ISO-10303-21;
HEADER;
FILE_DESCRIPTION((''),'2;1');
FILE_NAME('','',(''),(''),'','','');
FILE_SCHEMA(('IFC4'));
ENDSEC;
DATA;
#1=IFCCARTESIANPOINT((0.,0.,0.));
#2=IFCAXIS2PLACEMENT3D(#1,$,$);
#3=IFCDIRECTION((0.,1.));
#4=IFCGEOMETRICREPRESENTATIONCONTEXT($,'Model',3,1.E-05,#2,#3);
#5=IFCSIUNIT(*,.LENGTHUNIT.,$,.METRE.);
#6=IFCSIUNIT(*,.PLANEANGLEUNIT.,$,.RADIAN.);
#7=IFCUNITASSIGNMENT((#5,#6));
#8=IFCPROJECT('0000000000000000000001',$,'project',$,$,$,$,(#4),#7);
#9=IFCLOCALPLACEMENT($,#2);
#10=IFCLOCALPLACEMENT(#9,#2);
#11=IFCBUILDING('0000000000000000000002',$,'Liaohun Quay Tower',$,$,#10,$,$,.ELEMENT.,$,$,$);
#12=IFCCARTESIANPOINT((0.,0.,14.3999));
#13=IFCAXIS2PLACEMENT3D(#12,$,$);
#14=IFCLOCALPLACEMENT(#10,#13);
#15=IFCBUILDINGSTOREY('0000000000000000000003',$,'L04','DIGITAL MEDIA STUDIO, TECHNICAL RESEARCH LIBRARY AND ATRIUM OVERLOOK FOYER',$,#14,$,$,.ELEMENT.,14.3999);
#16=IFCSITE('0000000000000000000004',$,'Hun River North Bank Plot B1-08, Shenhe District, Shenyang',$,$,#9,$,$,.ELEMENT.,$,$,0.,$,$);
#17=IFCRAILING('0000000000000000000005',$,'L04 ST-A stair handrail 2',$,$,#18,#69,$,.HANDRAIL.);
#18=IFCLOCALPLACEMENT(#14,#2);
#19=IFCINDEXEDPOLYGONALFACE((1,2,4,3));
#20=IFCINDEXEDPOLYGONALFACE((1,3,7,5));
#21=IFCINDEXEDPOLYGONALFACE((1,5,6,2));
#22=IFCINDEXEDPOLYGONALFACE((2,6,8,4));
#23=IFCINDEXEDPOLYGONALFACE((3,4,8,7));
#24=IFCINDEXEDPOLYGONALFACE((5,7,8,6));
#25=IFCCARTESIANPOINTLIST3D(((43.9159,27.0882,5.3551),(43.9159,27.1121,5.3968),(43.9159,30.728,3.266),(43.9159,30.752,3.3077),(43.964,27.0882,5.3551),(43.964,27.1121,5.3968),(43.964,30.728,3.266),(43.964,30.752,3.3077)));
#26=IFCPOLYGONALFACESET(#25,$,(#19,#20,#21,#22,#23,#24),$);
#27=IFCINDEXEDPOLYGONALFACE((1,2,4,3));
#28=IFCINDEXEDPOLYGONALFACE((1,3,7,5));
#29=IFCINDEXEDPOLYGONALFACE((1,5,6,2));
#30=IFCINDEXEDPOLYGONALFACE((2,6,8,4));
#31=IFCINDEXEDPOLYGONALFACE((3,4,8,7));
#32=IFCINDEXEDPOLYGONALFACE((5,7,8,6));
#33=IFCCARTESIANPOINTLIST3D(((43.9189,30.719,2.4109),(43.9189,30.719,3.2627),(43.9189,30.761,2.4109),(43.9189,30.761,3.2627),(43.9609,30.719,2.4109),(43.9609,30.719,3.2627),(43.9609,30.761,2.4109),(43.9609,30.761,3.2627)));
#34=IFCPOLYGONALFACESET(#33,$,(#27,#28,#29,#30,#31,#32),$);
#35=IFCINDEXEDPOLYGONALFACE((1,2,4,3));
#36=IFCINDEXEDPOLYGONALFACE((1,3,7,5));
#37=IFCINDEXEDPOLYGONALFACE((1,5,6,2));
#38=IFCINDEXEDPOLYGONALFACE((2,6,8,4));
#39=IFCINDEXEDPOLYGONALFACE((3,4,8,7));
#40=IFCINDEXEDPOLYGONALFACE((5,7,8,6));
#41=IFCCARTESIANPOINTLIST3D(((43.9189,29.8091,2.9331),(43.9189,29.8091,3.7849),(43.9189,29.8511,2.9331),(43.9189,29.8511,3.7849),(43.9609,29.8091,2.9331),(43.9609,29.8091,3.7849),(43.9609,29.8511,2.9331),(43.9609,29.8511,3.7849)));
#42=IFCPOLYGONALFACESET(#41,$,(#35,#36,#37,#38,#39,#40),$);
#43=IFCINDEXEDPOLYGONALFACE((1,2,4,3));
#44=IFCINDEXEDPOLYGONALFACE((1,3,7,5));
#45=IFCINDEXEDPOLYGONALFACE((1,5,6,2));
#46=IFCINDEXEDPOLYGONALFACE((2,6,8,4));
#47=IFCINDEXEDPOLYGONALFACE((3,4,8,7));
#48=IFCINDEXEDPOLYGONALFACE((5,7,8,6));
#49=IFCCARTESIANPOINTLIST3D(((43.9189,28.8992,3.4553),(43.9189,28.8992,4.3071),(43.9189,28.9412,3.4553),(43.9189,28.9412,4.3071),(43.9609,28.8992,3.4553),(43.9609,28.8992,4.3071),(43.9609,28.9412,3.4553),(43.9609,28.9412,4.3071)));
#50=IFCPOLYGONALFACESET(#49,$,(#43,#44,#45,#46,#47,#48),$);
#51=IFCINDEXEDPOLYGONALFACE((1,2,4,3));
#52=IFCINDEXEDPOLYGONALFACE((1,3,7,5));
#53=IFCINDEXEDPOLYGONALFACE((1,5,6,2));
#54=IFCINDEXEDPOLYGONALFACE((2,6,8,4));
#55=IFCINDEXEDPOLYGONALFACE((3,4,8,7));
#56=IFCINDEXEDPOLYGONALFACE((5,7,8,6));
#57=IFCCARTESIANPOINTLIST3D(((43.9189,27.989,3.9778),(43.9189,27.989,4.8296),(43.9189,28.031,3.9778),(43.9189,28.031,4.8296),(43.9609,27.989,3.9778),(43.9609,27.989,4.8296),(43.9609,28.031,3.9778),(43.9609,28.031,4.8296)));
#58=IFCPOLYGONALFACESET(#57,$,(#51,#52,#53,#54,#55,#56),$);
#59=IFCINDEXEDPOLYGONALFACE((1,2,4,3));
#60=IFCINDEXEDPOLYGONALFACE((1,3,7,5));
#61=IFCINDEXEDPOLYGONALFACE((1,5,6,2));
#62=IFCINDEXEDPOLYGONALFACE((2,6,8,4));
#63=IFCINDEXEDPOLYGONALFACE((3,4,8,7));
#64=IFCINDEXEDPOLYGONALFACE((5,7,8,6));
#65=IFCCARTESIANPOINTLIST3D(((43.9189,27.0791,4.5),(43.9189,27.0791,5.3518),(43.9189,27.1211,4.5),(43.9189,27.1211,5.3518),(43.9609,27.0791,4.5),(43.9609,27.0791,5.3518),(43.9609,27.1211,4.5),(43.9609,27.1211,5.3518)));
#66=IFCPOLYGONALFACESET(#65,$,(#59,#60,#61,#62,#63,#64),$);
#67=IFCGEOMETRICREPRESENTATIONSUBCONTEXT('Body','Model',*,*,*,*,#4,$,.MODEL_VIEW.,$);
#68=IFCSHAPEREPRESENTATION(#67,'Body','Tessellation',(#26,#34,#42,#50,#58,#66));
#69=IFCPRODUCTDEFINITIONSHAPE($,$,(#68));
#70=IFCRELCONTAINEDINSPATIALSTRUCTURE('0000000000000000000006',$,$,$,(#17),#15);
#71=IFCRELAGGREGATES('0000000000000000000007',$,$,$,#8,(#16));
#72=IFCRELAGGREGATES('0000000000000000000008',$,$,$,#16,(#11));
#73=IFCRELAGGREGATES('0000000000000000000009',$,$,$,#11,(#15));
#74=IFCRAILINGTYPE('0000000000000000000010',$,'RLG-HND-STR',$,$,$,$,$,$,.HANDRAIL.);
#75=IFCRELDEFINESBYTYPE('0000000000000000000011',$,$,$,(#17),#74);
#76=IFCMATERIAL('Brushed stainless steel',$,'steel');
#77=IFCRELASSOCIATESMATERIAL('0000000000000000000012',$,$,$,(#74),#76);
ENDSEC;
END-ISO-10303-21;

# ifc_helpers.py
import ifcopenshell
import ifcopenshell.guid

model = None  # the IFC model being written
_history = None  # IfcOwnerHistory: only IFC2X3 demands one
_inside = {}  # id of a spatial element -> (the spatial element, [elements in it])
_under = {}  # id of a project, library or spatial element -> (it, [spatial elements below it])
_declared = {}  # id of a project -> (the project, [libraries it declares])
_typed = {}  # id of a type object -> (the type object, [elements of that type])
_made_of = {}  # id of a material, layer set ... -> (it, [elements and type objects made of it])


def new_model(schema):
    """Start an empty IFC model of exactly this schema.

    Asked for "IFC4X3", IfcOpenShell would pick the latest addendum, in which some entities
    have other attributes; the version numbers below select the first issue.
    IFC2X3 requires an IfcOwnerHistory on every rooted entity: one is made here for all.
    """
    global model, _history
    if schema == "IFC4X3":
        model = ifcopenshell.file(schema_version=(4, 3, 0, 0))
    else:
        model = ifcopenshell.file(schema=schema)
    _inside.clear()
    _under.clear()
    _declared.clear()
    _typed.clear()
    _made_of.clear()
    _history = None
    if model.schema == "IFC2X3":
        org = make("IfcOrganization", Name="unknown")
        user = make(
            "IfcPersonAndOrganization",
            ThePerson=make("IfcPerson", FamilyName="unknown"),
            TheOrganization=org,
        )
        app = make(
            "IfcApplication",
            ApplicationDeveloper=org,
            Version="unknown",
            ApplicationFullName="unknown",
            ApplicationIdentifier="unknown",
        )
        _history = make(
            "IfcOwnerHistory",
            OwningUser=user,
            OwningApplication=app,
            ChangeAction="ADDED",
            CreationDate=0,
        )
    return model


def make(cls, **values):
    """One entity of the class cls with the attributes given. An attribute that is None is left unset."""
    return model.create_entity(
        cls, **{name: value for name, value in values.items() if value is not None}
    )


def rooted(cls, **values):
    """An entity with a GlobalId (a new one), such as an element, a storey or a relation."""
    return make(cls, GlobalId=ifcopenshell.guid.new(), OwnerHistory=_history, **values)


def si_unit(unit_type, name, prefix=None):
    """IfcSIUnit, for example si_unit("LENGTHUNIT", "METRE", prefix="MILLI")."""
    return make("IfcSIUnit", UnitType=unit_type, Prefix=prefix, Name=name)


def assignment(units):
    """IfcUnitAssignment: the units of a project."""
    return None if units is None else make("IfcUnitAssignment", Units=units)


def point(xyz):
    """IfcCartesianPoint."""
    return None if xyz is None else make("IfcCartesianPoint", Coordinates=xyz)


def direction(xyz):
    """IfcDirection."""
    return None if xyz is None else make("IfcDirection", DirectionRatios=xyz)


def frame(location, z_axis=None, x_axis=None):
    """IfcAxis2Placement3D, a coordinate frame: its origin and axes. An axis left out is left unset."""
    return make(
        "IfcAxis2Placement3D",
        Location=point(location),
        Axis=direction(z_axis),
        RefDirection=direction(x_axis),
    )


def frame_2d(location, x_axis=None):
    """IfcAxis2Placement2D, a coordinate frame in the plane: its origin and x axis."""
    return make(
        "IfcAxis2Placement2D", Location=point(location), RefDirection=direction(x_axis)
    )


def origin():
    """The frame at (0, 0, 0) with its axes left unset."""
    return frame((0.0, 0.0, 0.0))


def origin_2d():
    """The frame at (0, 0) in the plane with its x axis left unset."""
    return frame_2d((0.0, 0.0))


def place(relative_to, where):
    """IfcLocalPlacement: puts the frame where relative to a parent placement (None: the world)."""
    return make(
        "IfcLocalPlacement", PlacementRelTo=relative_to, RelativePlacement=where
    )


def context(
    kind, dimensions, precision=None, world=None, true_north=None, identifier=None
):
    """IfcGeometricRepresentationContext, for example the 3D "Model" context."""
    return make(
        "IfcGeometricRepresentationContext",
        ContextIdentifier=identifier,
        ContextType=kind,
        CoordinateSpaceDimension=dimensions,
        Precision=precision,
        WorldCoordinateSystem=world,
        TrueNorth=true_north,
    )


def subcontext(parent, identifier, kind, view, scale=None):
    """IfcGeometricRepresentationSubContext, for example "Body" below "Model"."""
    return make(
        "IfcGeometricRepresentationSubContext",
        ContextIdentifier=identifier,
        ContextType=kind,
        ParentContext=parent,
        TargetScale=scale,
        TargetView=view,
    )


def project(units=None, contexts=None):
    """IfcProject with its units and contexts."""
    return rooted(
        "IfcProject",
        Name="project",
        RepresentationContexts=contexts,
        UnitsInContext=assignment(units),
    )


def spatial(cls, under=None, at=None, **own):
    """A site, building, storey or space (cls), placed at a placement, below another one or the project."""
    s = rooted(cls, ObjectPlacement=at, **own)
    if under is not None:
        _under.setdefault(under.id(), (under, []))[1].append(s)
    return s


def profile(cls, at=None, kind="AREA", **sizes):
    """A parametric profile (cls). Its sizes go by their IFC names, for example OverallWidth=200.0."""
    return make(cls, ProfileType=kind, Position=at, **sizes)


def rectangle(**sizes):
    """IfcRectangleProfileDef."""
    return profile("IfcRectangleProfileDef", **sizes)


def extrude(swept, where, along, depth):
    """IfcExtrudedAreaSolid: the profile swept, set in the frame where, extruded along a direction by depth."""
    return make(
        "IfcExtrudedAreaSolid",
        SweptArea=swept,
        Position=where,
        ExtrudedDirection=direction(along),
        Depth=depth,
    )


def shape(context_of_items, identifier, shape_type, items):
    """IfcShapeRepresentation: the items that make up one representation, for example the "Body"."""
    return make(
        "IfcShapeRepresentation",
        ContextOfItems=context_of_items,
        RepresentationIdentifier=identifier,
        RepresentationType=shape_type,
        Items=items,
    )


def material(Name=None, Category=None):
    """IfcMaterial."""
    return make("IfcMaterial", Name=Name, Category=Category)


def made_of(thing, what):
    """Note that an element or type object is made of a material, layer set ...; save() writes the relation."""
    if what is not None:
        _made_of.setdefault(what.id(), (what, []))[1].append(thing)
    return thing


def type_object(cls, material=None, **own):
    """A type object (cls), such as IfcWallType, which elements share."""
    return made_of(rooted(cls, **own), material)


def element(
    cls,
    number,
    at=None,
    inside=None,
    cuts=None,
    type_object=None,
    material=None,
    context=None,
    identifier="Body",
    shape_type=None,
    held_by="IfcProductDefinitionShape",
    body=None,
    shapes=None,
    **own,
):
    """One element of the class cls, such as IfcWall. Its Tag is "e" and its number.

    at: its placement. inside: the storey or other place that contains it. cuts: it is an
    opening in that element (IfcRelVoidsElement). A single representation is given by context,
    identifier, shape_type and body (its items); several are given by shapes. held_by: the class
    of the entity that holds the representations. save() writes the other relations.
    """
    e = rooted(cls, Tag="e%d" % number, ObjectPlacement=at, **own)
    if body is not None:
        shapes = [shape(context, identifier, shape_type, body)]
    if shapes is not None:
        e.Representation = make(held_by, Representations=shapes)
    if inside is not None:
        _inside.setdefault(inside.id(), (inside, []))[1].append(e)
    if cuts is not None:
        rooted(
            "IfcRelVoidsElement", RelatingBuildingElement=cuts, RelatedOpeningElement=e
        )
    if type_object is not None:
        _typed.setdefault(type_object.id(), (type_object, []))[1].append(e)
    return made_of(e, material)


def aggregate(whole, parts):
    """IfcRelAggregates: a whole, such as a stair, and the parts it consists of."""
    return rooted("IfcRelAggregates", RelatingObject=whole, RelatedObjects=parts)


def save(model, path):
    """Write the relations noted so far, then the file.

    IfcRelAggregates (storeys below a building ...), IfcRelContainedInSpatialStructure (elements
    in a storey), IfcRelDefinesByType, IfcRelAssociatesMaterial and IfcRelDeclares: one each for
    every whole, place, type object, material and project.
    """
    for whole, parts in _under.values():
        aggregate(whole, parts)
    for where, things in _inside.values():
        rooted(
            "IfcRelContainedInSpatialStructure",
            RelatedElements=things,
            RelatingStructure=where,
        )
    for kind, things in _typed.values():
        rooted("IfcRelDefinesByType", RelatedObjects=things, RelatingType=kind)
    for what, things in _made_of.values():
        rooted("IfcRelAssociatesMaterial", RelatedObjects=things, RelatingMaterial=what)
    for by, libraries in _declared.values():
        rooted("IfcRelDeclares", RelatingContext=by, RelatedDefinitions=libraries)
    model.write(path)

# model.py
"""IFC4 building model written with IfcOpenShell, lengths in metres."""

from ifc_helpers import new_model, si_unit, direction, frame, origin, origin_2d, place, context, subcontext, project, spatial, rectangle, extrude, material, type_object, element, save


model = new_model("IFC4")

# Units and contexts
model_context = context("Model", 3, precision=1e-05, world=origin(), true_north=direction((0.0, 1.0)))
body_context = subcontext(model_context, "Body", "Model", "MODEL_VIEW")
ifc_project = project(units=[si_unit("LENGTHUNIT", "METRE"), si_unit("PLANEANGLEUNIT", "RADIAN")], contexts=[model_context])

# Site, building, storey
site_placement = place(None, origin())
site = spatial("IfcSite", under=ifc_project, at=site_placement, Name="Hun River North Bank Plot B1-08, Shenhe District, Shenyang", CompositionType="ELEMENT", RefElevation=0.0)
building_placement = place(site_placement, origin())
building = spatial("IfcBuilding", under=site, at=building_placement, Name="Liaohun Quay Tower", CompositionType="ELEMENT")
storey_placement = place(building_placement, frame((0.0, 0.0, 14.3999)))
storey = spatial("IfcBuildingStorey", under=building, at=storey_placement, Name="L04", Description="DIGITAL MEDIA STUDIO, TECHNICAL RESEARCH LIBRARY AND ATRIUM OVERLOOK FOYER", CompositionType="ELEMENT", Elevation=14.3999)

# Railing
ifc_material_1 = material(Name="Brushed stainless steel", Category="steel")
railing_type_1 = type_object("IfcRailingType", Name="RLG-HND-STR", PredefinedType="HANDRAIL", material=ifc_material_1)
railing_1_placement = place(storey_placement, frame((43.9399, 30.74, 2.4109)))
element("IfcRailing", 1, at=railing_1_placement, inside=storey, type_object=railing_type_1, Name="L04 ST-A stair handrail 2", PredefinedType="HANDRAIL", context=body_context, shape_type="SweptSolid", body=[
    extrude(rectangle(XDim=0.0481, YDim=0.0481, at=origin_2d()), frame((0.0, 0.0, 0.876), z_axis=(0.0, -0.8673, 0.497786), x_axis=(1.0, 0.0, 0.0)), (0.0, 0.0, 1.0), 4.1968),
    extrude(rectangle(XDim=0.042, YDim=0.042, at=origin_2d()), origin(), (0.0, 0.0, 1.0), 0.8518),
    extrude(rectangle(XDim=0.042, YDim=0.042, at=origin_2d()), frame((0.0, -0.9099, 0.5222)), (0.0, 0.0, 1.0), 0.8518),
    extrude(rectangle(XDim=0.042, YDim=0.042, at=origin_2d()), frame((0.0, -1.8198, 1.0444)), (0.0, 0.0, 1.0), 0.8518),
    extrude(rectangle(XDim=0.042, YDim=0.042, at=origin_2d()), frame((0.0, -2.73, 1.5669)), (0.0, 0.0, 1.0), 0.8518),
    extrude(rectangle(XDim=0.042, YDim=0.042, at=origin_2d()), frame((0.0, -3.6399, 2.0891)), (0.0, 0.0, 1.0), 0.8518),
])

save(model, "model.ifc")
